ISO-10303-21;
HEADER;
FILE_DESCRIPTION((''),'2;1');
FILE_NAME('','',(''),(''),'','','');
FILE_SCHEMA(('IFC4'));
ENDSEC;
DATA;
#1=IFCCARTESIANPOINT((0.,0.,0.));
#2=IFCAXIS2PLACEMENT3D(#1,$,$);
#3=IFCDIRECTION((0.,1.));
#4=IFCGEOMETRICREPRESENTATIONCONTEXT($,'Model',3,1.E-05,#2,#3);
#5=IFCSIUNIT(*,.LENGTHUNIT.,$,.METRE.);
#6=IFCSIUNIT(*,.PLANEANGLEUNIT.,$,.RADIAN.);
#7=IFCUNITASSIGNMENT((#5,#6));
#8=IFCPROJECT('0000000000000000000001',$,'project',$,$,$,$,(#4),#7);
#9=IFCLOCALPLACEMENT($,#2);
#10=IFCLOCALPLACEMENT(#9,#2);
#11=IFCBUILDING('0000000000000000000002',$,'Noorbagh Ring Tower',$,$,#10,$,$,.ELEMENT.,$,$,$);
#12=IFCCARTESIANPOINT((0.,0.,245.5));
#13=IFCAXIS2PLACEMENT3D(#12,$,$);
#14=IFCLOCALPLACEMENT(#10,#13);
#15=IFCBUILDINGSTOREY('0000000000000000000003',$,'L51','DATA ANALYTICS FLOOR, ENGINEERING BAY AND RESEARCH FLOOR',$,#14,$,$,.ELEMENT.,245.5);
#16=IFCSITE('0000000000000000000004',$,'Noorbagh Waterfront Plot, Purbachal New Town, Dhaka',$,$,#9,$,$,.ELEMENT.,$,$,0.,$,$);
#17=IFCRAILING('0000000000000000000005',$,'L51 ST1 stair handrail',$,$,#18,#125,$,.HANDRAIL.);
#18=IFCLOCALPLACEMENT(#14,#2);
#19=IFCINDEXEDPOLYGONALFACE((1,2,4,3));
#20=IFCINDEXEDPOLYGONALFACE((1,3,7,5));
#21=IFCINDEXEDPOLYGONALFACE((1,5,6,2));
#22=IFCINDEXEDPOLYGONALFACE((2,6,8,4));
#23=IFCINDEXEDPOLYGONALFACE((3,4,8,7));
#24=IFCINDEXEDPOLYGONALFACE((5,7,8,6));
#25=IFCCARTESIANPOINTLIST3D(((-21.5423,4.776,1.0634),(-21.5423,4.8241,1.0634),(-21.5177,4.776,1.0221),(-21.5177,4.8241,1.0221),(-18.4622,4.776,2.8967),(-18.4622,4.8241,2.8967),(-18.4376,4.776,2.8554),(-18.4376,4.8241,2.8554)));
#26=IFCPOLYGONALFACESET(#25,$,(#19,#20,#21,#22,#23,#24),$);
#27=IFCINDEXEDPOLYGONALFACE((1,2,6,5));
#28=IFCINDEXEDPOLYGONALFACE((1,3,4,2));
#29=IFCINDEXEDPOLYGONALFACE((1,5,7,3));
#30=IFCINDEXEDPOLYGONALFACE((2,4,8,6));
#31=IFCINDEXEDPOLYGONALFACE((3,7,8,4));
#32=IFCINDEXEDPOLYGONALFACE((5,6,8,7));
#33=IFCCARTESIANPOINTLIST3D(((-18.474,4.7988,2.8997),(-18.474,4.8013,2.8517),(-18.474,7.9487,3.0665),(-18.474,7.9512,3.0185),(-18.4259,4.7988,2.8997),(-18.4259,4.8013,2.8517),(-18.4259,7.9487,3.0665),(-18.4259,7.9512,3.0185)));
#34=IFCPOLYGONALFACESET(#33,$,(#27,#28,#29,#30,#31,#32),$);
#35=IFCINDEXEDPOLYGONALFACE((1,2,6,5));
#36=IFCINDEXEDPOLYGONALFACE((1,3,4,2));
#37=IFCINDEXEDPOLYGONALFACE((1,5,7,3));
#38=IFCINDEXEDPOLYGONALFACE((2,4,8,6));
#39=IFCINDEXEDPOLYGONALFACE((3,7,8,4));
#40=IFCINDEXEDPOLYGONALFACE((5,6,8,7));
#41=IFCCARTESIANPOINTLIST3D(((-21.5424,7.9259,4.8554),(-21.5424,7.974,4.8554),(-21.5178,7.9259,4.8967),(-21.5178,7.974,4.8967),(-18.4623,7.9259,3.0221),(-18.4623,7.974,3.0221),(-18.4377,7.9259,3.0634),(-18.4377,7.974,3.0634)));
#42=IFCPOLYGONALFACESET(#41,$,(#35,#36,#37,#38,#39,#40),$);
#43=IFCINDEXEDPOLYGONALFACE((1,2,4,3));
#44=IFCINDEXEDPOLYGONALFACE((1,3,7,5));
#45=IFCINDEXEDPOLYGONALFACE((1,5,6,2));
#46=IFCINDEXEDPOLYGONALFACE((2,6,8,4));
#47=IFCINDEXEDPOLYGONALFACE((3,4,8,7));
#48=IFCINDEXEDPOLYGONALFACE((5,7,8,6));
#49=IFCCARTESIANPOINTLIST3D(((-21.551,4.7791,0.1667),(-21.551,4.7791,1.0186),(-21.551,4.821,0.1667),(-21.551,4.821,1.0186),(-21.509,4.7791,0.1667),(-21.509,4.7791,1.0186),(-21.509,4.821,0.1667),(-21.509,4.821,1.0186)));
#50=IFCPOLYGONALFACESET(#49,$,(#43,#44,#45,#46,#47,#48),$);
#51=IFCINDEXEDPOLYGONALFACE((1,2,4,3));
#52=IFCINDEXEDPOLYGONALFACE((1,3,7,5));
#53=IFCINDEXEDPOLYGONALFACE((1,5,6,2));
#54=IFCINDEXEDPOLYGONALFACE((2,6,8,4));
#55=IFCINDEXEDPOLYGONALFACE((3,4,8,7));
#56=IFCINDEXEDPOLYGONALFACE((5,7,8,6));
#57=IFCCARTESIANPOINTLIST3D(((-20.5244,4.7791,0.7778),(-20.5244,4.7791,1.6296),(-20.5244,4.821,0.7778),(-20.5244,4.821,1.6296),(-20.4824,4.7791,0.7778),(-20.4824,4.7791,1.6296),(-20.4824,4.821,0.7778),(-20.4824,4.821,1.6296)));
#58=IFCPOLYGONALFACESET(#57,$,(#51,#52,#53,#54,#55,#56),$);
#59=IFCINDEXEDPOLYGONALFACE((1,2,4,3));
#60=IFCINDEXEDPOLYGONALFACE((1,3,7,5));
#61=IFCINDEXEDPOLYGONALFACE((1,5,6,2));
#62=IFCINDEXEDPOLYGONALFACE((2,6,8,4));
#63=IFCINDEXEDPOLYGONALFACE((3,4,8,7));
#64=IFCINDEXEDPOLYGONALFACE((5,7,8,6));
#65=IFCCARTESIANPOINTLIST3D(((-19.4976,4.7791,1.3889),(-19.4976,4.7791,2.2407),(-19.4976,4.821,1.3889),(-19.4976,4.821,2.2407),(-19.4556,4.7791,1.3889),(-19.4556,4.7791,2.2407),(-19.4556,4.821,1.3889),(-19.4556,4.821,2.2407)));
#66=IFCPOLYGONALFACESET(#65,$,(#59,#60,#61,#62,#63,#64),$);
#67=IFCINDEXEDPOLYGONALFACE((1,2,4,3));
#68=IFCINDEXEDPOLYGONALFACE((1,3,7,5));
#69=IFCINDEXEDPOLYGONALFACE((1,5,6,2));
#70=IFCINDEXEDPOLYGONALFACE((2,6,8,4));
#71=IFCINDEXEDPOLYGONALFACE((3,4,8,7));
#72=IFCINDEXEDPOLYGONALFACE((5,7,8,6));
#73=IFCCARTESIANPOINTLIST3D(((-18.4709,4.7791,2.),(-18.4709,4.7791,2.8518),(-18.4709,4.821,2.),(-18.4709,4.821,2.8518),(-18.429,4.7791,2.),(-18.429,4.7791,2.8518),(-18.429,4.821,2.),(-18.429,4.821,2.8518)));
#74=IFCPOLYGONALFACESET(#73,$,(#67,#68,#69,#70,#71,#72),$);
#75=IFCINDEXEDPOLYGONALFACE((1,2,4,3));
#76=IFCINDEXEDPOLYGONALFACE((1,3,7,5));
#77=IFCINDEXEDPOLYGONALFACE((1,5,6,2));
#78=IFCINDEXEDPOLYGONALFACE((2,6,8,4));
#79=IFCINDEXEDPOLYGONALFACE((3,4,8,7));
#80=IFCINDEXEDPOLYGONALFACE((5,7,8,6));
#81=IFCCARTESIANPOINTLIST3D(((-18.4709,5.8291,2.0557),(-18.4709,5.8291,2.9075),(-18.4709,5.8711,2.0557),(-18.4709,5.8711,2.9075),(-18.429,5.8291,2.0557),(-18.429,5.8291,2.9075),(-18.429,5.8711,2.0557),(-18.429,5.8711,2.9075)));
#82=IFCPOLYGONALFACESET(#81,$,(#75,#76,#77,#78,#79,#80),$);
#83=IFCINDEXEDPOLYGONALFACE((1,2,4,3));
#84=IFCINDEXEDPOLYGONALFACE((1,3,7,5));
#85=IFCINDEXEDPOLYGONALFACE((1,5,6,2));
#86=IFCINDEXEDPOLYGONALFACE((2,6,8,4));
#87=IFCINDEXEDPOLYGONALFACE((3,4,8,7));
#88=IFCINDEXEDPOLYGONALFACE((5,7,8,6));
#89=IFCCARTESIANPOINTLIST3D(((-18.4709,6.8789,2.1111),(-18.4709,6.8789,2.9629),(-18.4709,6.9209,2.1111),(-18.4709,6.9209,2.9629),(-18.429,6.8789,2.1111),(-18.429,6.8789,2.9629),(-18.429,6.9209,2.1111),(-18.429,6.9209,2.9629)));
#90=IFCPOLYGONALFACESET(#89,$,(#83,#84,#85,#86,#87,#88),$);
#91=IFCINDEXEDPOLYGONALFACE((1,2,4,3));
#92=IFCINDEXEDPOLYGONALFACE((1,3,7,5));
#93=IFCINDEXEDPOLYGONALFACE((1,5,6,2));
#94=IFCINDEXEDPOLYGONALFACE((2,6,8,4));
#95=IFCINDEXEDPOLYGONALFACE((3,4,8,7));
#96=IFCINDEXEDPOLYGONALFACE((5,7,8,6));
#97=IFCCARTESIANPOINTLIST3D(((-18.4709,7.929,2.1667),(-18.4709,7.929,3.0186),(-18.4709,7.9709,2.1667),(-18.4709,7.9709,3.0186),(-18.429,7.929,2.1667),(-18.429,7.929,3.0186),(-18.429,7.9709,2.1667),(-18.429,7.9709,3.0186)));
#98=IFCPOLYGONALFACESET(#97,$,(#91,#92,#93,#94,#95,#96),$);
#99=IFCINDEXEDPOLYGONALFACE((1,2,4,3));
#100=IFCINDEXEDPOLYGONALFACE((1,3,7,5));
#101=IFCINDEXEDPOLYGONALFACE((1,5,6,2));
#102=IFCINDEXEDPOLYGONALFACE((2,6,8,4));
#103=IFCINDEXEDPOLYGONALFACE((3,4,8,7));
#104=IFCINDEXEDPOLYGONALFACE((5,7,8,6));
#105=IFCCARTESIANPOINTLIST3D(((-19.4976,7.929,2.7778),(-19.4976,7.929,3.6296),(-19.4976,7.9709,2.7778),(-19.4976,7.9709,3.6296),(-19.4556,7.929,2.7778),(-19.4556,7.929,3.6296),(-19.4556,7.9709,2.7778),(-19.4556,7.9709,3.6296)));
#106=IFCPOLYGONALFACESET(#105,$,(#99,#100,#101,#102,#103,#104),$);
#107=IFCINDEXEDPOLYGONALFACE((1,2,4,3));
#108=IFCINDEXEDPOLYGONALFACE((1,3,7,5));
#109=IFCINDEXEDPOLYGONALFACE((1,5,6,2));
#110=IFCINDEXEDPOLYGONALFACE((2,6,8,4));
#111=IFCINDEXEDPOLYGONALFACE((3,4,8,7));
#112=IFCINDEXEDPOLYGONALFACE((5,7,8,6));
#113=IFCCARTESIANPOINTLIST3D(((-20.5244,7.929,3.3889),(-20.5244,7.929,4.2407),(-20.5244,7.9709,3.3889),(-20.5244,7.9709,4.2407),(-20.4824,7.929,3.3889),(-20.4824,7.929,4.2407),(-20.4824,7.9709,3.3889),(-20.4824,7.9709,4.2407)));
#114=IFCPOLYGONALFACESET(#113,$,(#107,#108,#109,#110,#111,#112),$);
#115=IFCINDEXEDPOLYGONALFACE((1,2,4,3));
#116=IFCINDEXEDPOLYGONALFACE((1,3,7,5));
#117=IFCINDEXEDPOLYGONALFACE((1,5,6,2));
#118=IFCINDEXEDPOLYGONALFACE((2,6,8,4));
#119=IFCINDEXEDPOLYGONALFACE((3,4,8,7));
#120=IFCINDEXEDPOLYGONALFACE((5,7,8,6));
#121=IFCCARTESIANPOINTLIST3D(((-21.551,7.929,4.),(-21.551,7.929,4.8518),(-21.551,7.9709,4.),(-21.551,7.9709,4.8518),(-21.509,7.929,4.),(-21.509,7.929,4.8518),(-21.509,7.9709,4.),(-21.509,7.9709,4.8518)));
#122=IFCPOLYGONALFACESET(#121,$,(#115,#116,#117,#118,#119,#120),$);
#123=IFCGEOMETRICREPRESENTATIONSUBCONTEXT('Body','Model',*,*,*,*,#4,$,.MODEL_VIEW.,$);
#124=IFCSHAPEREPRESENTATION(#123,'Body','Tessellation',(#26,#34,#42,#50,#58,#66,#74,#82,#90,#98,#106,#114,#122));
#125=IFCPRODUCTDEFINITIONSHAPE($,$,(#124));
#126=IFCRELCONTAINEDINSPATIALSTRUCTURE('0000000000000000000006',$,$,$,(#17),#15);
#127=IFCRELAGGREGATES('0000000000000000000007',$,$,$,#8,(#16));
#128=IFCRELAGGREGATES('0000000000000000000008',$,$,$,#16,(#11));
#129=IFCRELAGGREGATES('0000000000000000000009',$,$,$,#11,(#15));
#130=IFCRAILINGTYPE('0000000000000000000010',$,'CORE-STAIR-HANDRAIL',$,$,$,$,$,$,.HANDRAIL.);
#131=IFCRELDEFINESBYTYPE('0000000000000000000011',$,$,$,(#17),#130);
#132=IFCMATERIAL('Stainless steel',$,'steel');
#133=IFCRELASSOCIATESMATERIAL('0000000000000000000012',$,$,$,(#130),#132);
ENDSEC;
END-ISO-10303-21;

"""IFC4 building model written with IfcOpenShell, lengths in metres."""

from ifc_helpers import new_model, si_unit, direction, frame, origin, origin_2d, place, context, subcontext, project, spatial, rectangle, extrude, material, type_object, element, save


model = new_model("IFC4")

# Units and contexts
model_context = context("Model", 3, precision=1e-05, world=origin(), true_north=direction((0.0, 1.0)))
body_context = subcontext(model_context, "Body", "Model", "MODEL_VIEW")
ifc_project = project(units=[si_unit("LENGTHUNIT", "METRE"), si_unit("PLANEANGLEUNIT", "RADIAN")], contexts=[model_context])

# Site, building, storey
site_placement = place(None, origin())
site = spatial("IfcSite", under=ifc_project, at=site_placement, Name="Noorbagh Waterfront Plot, Purbachal New Town, Dhaka", CompositionType="ELEMENT", RefElevation=0.0)
building_placement = place(site_placement, origin())
building = spatial("IfcBuilding", under=site, at=building_placement, Name="Noorbagh Ring Tower", CompositionType="ELEMENT")
storey_placement = place(building_placement, frame((0.0, 0.0, 245.5)))
storey = spatial("IfcBuildingStorey", under=building, at=storey_placement, Name="L51", Description="DATA ANALYTICS FLOOR, ENGINEERING BAY AND RESEARCH FLOOR", CompositionType="ELEMENT", Elevation=245.5)

# Railing
ifc_material_1 = material(Name="Stainless steel", Category="steel")
railing_type_1 = type_object("IfcRailingType", Name="CORE-STAIR-HANDRAIL", PredefinedType="HANDRAIL", material=ifc_material_1)
railing_1_placement = place(storey_placement, frame((-21.53, 4.8, 0.1667)))
element("IfcRailing", 1, at=railing_1_placement, inside=storey, type_object=railing_type_1, Name="L51 ST1 stair handrail", PredefinedType="HANDRAIL", context=body_context, shape_type="SweptSolid", body=[
    extrude(rectangle(XDim=0.0481, YDim=0.0481, at=origin_2d()), frame((0.0, 0.0, 0.876), z_axis=(0.859309, 0.0, 0.511458), x_axis=(0.0, 1.0, 0.0)), (0.0, 0.0, 1.0), 3.5845),
    extrude(rectangle(XDim=0.0481, YDim=0.0481, at=origin_2d()), frame((3.0801, 0.0, 2.709), z_axis=(0.0, 0.998602, 0.052864), x_axis=(-1.0, 0.0, 0.0)), (0.0, 0.0, 1.0), 3.1543),
    extrude(rectangle(XDim=0.0481, YDim=0.0481, at=origin_2d()), frame((3.0801, 3.1499, 2.876), z_axis=(-0.859309, 0.0, 0.511458), x_axis=(0.0, -1.0, 0.0)), (0.0, 0.0, 1.0), 3.5845),
    extrude(rectangle(XDim=0.042, YDim=0.042, at=origin_2d()), origin(), (0.0, 0.0, 1.0), 0.8518),
    extrude(rectangle(XDim=0.042, YDim=0.042, at=origin_2d()), frame((1.0266, 0.0, 0.6111)), (0.0, 0.0, 1.0), 0.8518),
    extrude(rectangle(XDim=0.042, YDim=0.042, at=origin_2d()), frame((2.0535, 0.0, 1.2222)), (0.0, 0.0, 1.0), 0.8518),
    extrude(rectangle(XDim=0.042, YDim=0.042, at=origin_2d()), frame((3.0801, 0.0, 1.8333)), (0.0, 0.0, 1.0), 0.8518),
    extrude(rectangle(XDim=0.042, YDim=0.042, at=origin_2d()), frame((3.0801, 1.05, 1.8889)), (0.0, 0.0, 1.0), 0.8518),
    extrude(rectangle(XDim=0.042, YDim=0.042, at=origin_2d()), frame((3.0801, 2.0999, 1.9443)), (0.0, 0.0, 1.0), 0.8518),
    extrude(rectangle(XDim=0.042, YDim=0.042, at=origin_2d()), frame((3.0801, 3.1499, 2.0)), (0.0, 0.0, 1.0), 0.8518),
    extrude(rectangle(XDim=0.042, YDim=0.042, at=origin_2d()), frame((2.0535, 3.1499, 2.6111)), (0.0, 0.0, 1.0), 0.8518),
    extrude(rectangle(XDim=0.042, YDim=0.042, at=origin_2d()), frame((1.0266, 3.1499, 3.2222)), (0.0, 0.0, 1.0), 0.8518),
    extrude(rectangle(XDim=0.042, YDim=0.042, at=origin_2d()), frame((0.0, 3.1499, 3.8333)), (0.0, 0.0, 1.0), 0.8518),
])

save(model, "model.ifc")
